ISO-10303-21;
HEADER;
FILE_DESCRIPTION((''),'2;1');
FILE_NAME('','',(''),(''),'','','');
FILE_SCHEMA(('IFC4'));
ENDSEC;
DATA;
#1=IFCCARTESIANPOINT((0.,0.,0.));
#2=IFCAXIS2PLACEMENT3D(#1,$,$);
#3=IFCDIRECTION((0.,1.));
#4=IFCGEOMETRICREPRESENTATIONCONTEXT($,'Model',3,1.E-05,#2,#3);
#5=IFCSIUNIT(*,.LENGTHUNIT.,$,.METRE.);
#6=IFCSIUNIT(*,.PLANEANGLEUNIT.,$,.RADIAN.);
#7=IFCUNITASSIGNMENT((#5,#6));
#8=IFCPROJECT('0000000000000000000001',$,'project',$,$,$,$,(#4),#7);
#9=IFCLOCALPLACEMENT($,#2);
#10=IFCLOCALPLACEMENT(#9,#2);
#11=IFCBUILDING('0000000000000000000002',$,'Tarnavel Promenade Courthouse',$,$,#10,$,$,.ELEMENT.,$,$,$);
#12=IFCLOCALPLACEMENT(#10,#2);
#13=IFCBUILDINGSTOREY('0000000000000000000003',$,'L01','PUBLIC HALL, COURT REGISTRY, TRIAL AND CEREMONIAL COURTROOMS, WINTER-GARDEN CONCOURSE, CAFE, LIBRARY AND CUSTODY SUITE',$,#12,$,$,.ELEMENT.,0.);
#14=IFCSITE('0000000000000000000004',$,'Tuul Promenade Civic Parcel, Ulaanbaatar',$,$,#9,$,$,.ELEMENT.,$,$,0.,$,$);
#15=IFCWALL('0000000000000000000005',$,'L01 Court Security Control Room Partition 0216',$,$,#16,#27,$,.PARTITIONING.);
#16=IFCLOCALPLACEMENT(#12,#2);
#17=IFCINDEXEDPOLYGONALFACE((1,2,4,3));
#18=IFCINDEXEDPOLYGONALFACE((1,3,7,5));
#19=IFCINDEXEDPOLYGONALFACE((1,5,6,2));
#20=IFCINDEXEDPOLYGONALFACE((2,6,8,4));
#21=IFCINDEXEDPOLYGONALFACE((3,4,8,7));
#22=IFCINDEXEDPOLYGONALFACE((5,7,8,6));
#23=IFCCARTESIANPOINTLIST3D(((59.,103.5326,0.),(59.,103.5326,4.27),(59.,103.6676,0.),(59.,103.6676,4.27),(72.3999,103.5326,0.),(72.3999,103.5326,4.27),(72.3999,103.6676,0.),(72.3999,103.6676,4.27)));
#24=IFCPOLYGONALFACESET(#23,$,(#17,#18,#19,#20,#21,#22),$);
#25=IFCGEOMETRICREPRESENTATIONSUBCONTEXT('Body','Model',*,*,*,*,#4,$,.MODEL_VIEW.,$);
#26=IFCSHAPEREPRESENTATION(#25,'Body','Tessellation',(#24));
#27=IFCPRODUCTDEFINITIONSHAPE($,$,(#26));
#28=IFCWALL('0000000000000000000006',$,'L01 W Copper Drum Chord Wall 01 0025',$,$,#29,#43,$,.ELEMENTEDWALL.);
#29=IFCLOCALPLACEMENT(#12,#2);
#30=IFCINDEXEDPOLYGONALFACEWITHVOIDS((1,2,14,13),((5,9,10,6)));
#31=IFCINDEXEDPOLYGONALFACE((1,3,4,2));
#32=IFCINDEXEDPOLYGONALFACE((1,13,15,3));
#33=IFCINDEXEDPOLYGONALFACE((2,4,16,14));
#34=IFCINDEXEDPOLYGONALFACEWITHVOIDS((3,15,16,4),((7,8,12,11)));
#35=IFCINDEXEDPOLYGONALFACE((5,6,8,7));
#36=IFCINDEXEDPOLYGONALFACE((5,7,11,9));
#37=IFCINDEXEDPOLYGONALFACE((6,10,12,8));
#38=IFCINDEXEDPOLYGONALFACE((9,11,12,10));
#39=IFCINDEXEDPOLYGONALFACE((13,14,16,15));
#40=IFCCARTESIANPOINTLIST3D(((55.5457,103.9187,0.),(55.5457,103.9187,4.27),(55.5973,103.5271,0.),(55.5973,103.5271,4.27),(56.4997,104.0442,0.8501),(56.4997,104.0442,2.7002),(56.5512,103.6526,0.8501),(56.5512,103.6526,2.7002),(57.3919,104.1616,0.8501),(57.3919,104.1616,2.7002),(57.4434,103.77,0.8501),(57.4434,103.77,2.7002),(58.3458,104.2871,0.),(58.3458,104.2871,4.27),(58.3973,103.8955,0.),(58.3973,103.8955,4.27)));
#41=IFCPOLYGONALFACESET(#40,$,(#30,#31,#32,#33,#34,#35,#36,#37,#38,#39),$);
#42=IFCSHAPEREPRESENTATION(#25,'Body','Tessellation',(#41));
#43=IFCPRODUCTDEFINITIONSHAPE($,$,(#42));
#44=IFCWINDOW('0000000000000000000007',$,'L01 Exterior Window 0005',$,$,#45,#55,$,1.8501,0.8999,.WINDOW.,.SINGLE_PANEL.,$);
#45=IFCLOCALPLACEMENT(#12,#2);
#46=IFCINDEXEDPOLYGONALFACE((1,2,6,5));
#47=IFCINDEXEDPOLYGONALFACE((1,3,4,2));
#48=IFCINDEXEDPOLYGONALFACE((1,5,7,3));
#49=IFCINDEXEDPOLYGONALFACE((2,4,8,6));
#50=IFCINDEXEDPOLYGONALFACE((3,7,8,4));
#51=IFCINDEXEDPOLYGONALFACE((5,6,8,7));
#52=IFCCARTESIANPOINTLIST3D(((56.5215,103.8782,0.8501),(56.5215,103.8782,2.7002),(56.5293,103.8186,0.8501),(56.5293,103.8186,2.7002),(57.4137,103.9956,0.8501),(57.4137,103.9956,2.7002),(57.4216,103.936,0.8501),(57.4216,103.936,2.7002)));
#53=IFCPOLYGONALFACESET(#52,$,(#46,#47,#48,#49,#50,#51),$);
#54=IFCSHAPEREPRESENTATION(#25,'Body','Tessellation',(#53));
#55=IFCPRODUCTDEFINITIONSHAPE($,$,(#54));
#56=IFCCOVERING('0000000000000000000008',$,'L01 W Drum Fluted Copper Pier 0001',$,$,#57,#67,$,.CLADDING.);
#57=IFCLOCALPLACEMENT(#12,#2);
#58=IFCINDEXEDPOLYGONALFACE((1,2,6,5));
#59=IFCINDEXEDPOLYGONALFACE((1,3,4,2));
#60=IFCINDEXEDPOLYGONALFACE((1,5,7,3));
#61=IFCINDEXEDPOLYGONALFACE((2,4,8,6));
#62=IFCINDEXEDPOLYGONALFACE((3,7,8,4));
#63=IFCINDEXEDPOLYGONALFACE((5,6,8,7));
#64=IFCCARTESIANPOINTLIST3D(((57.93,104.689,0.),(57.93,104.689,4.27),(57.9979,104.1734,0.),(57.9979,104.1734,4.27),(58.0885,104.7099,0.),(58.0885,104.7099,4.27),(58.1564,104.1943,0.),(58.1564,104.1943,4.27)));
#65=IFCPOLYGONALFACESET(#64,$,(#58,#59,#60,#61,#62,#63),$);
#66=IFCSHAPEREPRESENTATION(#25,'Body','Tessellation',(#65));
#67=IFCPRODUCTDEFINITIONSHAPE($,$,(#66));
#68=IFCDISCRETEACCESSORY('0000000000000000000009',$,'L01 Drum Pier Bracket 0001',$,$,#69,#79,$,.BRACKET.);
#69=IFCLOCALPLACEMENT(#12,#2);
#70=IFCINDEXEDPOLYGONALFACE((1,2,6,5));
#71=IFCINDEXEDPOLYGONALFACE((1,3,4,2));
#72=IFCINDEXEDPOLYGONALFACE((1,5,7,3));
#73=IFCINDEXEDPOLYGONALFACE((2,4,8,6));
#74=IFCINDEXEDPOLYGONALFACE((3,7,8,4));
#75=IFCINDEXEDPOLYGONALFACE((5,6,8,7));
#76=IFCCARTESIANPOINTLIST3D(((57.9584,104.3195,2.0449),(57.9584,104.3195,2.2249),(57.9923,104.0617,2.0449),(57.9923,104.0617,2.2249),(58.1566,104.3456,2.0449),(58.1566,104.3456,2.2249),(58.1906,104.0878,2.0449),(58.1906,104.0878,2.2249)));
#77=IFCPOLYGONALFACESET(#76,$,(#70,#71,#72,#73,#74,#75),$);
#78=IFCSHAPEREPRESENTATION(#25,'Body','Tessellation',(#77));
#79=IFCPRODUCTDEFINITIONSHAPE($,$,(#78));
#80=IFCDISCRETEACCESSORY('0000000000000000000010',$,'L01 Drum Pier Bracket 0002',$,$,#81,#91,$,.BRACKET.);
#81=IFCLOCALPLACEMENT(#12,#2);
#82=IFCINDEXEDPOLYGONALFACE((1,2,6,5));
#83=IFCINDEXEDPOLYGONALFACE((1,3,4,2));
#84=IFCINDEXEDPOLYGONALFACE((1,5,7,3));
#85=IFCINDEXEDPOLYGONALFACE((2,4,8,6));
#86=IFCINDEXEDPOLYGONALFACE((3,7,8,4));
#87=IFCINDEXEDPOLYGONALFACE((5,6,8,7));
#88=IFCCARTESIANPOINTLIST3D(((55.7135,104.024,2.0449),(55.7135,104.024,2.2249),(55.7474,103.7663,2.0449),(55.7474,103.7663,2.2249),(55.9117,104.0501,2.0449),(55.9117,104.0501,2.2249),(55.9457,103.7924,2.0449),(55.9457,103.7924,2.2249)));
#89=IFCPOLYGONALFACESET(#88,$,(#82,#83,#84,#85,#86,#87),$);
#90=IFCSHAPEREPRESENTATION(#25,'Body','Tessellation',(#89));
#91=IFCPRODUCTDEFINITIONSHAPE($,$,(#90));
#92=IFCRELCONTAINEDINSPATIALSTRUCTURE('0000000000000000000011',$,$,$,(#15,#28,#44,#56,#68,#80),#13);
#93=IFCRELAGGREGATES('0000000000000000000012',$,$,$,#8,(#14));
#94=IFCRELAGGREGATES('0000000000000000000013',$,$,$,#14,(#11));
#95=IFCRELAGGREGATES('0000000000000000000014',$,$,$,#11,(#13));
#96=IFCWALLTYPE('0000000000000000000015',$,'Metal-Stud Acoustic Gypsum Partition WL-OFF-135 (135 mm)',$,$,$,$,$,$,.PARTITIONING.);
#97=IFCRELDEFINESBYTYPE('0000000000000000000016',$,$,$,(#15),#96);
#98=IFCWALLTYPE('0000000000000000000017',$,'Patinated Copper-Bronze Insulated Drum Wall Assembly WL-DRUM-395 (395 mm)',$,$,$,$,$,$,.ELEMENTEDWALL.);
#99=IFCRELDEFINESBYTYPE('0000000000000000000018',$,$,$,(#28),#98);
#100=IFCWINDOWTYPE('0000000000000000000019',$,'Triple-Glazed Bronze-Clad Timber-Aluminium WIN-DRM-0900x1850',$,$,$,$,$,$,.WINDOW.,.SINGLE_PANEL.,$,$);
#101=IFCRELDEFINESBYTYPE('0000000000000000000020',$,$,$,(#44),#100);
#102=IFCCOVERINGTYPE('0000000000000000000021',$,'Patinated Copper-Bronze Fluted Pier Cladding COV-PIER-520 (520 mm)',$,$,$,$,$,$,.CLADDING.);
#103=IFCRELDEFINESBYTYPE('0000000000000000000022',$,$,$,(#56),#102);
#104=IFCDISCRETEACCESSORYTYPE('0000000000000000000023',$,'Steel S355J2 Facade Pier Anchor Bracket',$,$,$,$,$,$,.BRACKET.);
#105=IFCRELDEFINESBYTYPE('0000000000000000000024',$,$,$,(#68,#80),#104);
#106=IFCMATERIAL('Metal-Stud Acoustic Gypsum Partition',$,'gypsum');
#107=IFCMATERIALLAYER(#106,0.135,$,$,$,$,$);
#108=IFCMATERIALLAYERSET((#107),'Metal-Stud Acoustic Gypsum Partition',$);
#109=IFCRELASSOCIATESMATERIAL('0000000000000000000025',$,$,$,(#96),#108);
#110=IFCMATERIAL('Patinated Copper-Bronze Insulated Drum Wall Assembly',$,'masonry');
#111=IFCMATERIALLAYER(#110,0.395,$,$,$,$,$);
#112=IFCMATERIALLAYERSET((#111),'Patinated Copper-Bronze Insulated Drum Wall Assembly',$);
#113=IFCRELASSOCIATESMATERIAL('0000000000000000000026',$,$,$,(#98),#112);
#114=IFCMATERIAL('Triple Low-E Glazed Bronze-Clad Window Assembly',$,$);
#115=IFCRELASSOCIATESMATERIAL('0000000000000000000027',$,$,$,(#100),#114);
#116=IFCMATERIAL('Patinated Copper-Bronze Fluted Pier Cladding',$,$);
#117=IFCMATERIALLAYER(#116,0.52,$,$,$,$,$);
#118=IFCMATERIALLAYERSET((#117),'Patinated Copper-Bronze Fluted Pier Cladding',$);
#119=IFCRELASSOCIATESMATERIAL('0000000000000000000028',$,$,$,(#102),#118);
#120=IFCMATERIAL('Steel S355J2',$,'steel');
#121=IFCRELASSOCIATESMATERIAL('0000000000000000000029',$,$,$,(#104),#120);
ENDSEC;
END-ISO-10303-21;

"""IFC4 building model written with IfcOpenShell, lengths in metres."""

from ifc_helpers import new_model, si_unit, direction, frame, frame_2d, origin, origin_2d, place, context, subcontext, project, spatial, rectangle, extrude, material, layer, layer_set, type_object, element, fill, save


model = new_model("IFC4")

# Units and contexts
model_context = context("Model", 3, precision=1e-05, world=origin(), true_north=direction((0.0, 1.0)))
body_context = subcontext(model_context, "Body", "Model", "MODEL_VIEW")
ifc_project = project(units=[si_unit("LENGTHUNIT", "METRE"), si_unit("PLANEANGLEUNIT", "RADIAN")], contexts=[model_context])

# Site, building, storey
site_placement = place(None, origin())
site = spatial("IfcSite", under=ifc_project, at=site_placement, Name="Tuul Promenade Civic Parcel, Ulaanbaatar", CompositionType="ELEMENT", RefElevation=0.0)
building_placement = place(site_placement, origin())
building = spatial("IfcBuilding", under=site, at=building_placement, Name="Tarnavel Promenade Courthouse", CompositionType="ELEMENT")
storey_placement = place(building_placement, origin())
storey = spatial("IfcBuildingStorey", under=building, at=storey_placement, Name="L01", Description="PUBLIC HALL, COURT REGISTRY, TRIAL AND CEREMONIAL COURTROOMS, WINTER-GARDEN CONCOURSE, CAFE, LIBRARY AND CUSTODY SUITE", CompositionType="ELEMENT", Elevation=0.0)

# Shared definitions
ifc_material_1 = material(Name="Steel S355J2", Category="steel")

# Shared definitions
ifc_material_2 = material(Name="Triple Low-E Glazed Bronze-Clad Window Assembly")

# Wall
ifc_material_3 = material(Name="Metal-Stud Acoustic Gypsum Partition", Category="gypsum")
ifc_layer_1 = layer(ifc_material_3, 0.135)
ifc_layer_set_1 = layer_set([ifc_layer_1], Name="Metal-Stud Acoustic Gypsum Partition")
wall_type_1 = type_object("IfcWallType", Name="Metal-Stud Acoustic Gypsum Partition WL-OFF-135 (135 mm)", PredefinedType="PARTITIONING", material=ifc_layer_set_1)
wall_1_placement = place(storey_placement, frame((59.0, 103.6001, 0.0), z_axis=(0.0, 0.0, 1.0), x_axis=(1.0, 0.0, 0.0)))
element("IfcWall", 1, at=wall_1_placement, inside=storey, type_object=wall_type_1, Name="L01 Court Security Control Room Partition 0216", PredefinedType="PARTITIONING", context=body_context, shape_type="SweptSolid", body=[
    extrude(rectangle(XDim=13.3999, YDim=0.135, at=frame_2d((6.7, 0.0))), origin(), (0.0, 0.0, 1.0), 4.27),
])

# Wall, opening, window
ifc_material_4 = material(Name="Patinated Copper-Bronze Insulated Drum Wall Assembly", Category="masonry")
ifc_layer_2 = layer(ifc_material_4, 0.395)
ifc_layer_set_2 = layer_set([ifc_layer_2], Name="Patinated Copper-Bronze Insulated Drum Wall Assembly")
wall_type_2 = type_object("IfcWallType", Name="Patinated Copper-Bronze Insulated Drum Wall Assembly WL-DRUM-395 (395 mm)", PredefinedType="ELEMENTEDWALL", material=ifc_layer_set_2)
wall_2_placement = place(storey_placement, frame((58.3716, 104.0913, 0.0), z_axis=(0.0, 0.0, 1.0), x_axis=(-0.991455, -0.130448, 0.0)))
wall_2 = element("IfcWall", 2, at=wall_2_placement, inside=storey, type_object=wall_type_2, Name="L01 W Copper Drum Chord Wall 01 0025", PredefinedType="ELEMENTEDWALL", context=body_context, shape_type="SweptSolid", body=[
    extrude(rectangle(XDim=2.8242, YDim=0.395, at=frame_2d((1.4121, 0.0))), origin(), (0.0, 0.0, 1.0), 4.27),
])
opening_1_placement = place(wall_2_placement, frame((0.9622, 0.0, 0.8501)))
opening_1 = element("IfcOpeningElement", 3, at=opening_1_placement, cuts=wall_2, PredefinedType="OPENING", context=body_context, shape_type="SweptSolid", body=[
    extrude(rectangle(XDim=0.8999, YDim=1.8501, at=frame_2d((0.45, 0.925))), frame((0.0, 0.2075, 0.0), z_axis=(0.0, -1.0, 0.0), x_axis=(1.0, 0.0, 0.0)), (0.0, 0.0, 1.0), 0.415),
])
window_type_1 = type_object("IfcWindowType", Name="Triple-Glazed Bronze-Clad Timber-Aluminium WIN-DRM-0900x1850", PartitioningType="SINGLE_PANEL", PredefinedType="WINDOW", material=ifc_material_2)
window_1_placement = place(opening_1_placement, origin())
window_1 = element("IfcWindow", 4, at=window_1_placement, inside=storey, type_object=window_type_1, Name="L01 Exterior Window 0005", OverallHeight=1.8501, OverallWidth=0.8999, PartitioningType="SINGLE_PANEL", PredefinedType="WINDOW", context=body_context, shape_type="SweptSolid", body=[
    extrude(rectangle(XDim=0.8999, YDim=1.8501, at=frame_2d((0.45, 0.925))), frame((0.0, 0.03, 0.0), z_axis=(0.0, -1.0, 0.0), x_axis=(1.0, 0.0, 0.0)), (0.0, 0.0, 1.0), 0.0601),
])
fill(opening_1, window_1)

# Covering
ifc_material_5 = material(Name="Patinated Copper-Bronze Fluted Pier Cladding")
ifc_layer_3 = layer(ifc_material_5, 0.52)
ifc_layer_set_3 = layer_set([ifc_layer_3], Name="Patinated Copper-Bronze Fluted Pier Cladding")
covering_type = type_object("IfcCoveringType", Name="Patinated Copper-Bronze Fluted Pier Cladding COV-PIER-520 (520 mm)", PredefinedType="CLADDING", material=ifc_layer_set_3)
covering_placement = place(storey_placement, frame((58.0432, 104.4417, 0.0), z_axis=(0.0, 0.0, 1.0), x_axis=(-0.991445, -0.130526, 0.0)))
element("IfcCovering", 5, at=covering_placement, inside=storey, type_object=covering_type, Name="L01 W Drum Fluted Copper Pier 0001", PredefinedType="CLADDING", context=body_context, shape_type="SweptSolid", body=[
    extrude(rectangle(XDim=0.1599, YDim=0.52, at=origin_2d()), origin(), (0.0, 0.0, 1.0), 4.27),
])

# Discrete accessories
discrete_accessory_type = type_object("IfcDiscreteAccessoryType", Name="Steel S355J2 Facade Pier Anchor Bracket", PredefinedType="BRACKET", material=ifc_material_1)
for number, where, z_axis, x_axis, name in (
    (6, (58.0745, 104.2036, 2.0449), (0.0, 0.0, 1.0), (-0.991445, -0.130526, 0.0), "L01 Drum Pier Bracket 0001"),
    (7, (55.8296, 103.9082, 2.0449), (0.0, 0.0, 1.0), (-0.991445, -0.130526, 0.0), "L01 Drum Pier Bracket 0002"),
):
    element("IfcDiscreteAccessory", number, at=place(storey_placement, frame(where, z_axis=z_axis, x_axis=x_axis)), inside=storey, type_object=discrete_accessory_type, Name=name, PredefinedType="BRACKET", context=body_context, shape_type="SweptSolid", body=[
        extrude(rectangle(XDim=0.2, YDim=0.26, at=origin_2d()), origin(), (0.0, 0.0, 1.0), 0.1799),
    ])

save(model, "model.ifc")
